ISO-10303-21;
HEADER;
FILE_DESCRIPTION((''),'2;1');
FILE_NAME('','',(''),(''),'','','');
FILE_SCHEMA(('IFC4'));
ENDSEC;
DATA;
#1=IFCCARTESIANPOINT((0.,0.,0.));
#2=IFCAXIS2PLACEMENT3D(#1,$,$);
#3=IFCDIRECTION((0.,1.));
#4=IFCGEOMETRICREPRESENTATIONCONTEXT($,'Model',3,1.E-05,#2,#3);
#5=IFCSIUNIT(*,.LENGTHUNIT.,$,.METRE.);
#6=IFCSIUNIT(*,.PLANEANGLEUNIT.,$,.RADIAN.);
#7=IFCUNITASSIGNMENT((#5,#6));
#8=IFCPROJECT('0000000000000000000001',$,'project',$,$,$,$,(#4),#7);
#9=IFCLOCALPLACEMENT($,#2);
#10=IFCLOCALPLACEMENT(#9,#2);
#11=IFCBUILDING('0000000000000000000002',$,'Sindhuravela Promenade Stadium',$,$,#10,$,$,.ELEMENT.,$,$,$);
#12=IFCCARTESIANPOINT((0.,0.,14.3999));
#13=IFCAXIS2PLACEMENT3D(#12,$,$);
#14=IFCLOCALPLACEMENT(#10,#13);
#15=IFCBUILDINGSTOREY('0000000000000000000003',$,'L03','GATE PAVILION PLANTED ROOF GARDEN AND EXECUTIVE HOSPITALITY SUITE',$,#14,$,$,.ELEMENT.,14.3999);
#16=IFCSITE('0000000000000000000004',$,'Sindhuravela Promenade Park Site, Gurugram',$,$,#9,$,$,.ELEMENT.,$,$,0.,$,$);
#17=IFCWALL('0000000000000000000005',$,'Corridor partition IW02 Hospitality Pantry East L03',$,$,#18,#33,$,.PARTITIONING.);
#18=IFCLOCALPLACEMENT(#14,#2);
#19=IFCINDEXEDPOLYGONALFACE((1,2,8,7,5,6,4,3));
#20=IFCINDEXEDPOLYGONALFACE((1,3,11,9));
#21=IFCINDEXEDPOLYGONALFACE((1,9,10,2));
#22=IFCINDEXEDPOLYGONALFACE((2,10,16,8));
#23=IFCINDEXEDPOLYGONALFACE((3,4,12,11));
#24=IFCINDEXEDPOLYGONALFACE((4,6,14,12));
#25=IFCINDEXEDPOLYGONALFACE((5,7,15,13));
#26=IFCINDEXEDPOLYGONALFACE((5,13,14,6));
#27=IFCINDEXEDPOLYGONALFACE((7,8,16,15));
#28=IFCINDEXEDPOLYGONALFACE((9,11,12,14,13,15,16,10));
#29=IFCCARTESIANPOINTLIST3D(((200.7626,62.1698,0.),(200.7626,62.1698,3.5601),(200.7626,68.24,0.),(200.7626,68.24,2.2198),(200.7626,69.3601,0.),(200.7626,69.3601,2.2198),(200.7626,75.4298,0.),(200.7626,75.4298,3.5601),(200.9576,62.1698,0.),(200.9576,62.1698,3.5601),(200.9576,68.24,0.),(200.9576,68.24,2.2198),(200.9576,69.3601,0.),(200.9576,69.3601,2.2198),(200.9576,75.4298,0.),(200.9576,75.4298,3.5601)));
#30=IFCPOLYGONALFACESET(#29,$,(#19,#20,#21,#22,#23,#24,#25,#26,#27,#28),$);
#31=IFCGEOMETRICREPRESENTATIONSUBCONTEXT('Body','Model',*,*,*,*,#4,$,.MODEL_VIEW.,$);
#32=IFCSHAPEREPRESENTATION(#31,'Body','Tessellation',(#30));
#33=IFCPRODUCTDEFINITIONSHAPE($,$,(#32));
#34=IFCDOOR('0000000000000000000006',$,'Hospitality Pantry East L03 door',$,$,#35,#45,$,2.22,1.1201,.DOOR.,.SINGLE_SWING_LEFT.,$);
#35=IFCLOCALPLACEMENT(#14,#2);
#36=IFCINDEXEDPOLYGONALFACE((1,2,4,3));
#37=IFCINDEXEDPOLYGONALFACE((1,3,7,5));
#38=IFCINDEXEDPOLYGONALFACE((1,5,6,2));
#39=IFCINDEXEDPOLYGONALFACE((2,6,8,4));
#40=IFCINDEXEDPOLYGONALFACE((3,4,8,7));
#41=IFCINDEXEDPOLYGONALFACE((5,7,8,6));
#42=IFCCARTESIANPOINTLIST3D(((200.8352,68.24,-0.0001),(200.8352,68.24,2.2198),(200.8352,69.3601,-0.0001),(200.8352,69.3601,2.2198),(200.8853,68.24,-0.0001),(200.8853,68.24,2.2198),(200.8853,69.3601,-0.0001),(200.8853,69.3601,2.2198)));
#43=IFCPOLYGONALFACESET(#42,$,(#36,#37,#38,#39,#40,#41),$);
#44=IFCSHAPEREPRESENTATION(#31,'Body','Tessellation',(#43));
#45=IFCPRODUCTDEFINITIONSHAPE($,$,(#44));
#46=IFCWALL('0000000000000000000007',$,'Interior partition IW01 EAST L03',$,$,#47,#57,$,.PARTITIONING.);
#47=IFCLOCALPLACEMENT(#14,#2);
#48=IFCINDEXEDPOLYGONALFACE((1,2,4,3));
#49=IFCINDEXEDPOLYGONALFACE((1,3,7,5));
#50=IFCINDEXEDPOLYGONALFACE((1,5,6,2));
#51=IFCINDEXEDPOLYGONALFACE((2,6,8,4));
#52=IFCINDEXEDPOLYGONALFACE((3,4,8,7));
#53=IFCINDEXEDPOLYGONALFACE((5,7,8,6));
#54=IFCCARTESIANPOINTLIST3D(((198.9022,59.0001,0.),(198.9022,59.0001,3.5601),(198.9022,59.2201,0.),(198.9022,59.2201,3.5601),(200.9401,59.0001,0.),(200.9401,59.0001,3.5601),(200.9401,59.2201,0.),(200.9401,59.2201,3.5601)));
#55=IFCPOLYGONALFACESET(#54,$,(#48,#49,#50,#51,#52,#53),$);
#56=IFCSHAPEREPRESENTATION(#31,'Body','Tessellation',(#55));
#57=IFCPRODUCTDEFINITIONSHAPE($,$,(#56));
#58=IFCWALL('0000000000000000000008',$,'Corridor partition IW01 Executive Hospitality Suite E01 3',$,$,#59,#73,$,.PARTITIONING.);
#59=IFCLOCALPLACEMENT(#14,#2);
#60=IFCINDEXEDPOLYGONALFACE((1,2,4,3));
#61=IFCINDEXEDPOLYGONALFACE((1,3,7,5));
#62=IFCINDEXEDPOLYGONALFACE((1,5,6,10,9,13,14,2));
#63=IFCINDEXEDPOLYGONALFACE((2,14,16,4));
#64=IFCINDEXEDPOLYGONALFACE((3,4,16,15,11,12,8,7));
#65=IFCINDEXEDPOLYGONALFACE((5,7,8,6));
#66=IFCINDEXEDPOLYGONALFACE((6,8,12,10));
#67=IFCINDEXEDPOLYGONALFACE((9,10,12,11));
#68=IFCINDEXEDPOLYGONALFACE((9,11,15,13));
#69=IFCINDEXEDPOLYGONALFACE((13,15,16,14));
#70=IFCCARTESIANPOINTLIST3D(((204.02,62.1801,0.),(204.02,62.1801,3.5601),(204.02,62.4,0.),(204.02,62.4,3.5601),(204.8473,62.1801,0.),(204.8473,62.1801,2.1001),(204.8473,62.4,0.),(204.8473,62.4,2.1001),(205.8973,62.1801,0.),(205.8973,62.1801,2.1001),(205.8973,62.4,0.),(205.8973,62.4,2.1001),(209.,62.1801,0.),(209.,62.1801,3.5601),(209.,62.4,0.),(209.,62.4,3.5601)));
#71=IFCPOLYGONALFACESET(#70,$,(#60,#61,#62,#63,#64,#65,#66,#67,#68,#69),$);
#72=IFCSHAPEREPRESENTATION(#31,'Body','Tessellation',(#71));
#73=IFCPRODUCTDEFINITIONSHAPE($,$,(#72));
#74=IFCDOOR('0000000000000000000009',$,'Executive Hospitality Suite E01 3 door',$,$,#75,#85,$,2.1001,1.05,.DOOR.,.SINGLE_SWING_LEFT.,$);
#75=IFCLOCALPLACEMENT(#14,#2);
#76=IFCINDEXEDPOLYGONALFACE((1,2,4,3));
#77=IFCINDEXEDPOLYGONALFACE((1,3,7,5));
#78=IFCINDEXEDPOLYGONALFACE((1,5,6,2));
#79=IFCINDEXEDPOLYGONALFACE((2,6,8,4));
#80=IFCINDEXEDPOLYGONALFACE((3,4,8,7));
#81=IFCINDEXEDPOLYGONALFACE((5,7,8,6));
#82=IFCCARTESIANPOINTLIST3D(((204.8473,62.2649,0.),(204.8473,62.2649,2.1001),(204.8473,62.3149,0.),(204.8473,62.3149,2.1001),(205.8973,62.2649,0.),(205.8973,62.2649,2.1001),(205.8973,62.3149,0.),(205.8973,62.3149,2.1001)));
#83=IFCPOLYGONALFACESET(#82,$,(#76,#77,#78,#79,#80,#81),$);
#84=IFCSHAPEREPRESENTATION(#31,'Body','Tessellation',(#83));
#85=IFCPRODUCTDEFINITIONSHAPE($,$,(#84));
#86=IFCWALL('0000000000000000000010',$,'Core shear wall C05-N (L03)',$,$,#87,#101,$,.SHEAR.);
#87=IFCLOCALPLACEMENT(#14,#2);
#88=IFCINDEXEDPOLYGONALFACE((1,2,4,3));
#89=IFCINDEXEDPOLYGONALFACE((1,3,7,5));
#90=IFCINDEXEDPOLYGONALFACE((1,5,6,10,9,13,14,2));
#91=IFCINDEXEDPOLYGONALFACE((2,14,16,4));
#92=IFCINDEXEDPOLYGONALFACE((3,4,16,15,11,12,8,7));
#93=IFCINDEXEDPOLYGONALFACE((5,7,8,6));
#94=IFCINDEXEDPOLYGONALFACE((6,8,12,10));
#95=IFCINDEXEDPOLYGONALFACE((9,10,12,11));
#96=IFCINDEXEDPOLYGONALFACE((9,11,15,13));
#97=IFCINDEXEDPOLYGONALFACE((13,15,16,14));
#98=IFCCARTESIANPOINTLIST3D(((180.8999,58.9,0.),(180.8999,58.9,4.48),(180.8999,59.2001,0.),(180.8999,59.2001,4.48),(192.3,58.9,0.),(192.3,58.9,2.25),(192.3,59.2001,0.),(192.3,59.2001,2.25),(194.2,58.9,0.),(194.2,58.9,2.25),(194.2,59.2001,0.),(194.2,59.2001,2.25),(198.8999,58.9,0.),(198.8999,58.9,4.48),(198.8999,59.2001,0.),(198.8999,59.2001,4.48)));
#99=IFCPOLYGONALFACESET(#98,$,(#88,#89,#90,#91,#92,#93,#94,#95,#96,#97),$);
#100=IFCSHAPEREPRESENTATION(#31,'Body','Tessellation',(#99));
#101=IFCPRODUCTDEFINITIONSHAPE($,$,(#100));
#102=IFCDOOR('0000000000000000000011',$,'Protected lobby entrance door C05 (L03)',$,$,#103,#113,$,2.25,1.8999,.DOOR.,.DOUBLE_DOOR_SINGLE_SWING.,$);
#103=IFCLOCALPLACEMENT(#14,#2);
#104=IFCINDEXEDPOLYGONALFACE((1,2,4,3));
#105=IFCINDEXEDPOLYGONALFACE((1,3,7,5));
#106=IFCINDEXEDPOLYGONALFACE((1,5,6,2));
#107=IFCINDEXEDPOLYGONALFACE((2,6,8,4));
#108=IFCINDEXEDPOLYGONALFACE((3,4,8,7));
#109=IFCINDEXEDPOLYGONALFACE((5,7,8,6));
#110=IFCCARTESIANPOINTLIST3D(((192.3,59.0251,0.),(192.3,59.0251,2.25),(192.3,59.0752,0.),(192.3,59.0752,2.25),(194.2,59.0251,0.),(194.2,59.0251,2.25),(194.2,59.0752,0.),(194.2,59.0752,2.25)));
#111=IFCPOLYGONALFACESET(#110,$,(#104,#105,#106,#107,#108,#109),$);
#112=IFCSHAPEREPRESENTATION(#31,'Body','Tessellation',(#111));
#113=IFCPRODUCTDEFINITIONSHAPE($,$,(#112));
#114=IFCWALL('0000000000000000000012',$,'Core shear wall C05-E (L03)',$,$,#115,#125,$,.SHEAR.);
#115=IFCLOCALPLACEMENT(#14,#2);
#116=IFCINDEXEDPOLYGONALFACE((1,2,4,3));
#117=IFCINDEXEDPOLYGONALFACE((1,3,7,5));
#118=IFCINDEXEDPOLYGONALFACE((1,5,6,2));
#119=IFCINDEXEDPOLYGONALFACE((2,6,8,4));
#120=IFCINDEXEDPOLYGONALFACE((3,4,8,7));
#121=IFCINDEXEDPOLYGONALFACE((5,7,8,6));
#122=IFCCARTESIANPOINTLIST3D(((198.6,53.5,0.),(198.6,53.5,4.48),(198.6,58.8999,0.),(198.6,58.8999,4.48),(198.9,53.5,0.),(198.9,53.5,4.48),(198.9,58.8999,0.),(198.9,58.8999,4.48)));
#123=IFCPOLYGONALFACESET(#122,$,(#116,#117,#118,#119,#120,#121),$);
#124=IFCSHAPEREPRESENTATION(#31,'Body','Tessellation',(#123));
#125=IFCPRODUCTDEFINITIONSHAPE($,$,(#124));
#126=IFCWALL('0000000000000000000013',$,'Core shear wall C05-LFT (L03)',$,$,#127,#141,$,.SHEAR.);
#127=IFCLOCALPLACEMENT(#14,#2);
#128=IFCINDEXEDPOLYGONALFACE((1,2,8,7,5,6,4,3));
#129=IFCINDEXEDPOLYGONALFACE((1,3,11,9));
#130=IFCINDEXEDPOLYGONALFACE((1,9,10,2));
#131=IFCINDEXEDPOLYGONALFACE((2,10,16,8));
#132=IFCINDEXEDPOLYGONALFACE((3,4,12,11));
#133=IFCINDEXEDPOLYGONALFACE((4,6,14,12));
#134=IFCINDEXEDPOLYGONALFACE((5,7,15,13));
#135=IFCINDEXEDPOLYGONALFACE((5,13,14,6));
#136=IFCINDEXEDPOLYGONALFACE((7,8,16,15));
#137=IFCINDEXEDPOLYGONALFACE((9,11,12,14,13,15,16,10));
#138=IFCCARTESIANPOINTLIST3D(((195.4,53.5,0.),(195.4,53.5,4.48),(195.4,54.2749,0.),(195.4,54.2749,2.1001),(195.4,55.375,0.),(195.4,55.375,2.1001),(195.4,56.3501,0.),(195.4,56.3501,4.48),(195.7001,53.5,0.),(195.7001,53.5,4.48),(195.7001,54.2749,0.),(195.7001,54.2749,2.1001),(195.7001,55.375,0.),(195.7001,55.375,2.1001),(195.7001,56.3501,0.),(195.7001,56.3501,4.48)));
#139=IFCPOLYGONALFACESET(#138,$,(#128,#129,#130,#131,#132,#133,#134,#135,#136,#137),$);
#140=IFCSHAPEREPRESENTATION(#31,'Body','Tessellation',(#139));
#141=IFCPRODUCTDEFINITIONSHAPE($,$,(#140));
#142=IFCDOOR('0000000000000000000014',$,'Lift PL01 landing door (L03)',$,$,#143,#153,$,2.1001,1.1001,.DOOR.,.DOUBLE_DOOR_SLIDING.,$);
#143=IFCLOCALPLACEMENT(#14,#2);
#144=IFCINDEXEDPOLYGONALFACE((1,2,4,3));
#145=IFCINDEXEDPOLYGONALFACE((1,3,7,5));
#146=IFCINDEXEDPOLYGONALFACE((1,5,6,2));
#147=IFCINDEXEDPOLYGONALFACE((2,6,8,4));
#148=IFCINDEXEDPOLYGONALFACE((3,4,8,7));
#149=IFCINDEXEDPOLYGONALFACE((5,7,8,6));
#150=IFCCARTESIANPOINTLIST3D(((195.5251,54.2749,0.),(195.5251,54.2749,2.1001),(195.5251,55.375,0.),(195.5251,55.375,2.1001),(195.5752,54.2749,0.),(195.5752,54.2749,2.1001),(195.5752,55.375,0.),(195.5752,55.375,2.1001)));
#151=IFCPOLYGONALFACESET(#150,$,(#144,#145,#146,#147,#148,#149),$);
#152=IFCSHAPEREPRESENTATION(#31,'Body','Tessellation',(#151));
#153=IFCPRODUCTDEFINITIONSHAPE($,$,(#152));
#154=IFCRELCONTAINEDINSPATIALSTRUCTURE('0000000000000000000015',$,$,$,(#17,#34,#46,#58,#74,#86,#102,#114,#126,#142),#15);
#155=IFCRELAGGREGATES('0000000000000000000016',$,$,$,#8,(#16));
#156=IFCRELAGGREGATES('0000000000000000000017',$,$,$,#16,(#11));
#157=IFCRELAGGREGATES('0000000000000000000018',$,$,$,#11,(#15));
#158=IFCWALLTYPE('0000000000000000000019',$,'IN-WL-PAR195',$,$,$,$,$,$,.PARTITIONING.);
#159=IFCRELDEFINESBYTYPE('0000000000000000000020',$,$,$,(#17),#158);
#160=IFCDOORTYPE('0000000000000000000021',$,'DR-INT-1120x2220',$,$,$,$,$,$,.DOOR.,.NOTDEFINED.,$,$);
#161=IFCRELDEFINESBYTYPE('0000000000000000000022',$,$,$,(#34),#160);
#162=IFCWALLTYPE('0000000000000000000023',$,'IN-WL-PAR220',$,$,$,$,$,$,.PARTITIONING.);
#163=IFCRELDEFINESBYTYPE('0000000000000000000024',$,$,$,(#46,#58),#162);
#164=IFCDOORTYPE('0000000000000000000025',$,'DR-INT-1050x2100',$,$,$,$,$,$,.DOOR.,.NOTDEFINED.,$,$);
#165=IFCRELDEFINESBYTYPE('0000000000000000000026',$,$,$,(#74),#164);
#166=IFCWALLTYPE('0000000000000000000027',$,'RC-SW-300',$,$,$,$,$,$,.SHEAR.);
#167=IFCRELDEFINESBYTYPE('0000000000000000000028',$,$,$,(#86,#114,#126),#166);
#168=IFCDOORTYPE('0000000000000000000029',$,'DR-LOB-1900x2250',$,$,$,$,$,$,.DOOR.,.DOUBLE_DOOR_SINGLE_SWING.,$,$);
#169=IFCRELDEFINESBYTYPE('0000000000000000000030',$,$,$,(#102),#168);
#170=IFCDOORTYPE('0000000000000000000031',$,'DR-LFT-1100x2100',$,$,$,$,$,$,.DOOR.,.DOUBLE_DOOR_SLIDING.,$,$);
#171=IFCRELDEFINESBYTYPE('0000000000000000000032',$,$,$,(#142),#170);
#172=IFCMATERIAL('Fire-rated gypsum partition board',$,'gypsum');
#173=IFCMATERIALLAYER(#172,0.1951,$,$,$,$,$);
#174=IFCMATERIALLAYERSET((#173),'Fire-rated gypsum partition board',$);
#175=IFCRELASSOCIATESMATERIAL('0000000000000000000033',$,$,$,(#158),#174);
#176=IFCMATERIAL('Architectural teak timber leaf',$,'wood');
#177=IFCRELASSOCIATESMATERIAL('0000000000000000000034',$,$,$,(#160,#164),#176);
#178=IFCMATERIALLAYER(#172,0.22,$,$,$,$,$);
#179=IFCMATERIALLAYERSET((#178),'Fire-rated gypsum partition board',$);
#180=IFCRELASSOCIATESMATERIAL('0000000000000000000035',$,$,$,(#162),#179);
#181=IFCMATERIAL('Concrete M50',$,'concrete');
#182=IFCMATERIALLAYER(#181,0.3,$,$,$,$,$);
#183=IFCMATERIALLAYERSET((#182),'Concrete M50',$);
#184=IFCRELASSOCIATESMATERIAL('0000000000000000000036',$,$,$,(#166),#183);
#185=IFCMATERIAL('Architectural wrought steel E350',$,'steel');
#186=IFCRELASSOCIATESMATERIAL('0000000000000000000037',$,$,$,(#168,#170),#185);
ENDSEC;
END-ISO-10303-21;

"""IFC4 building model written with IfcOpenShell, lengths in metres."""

from ifc_helpers import new_model, si_unit, direction, frame, frame_2d, origin, place, context, subcontext, project, spatial, rectangle, extrude, material, layer, layer_set, type_object, element, fill, save


model = new_model("IFC4")

# Units and contexts
model_context = context("Model", 3, precision=1e-05, world=origin(), true_north=direction((0.0, 1.0)))
body_context = subcontext(model_context, "Body", "Model", "MODEL_VIEW")
ifc_project = project(units=[si_unit("LENGTHUNIT", "METRE"), si_unit("PLANEANGLEUNIT", "RADIAN")], contexts=[model_context])

# Site, building, storey
site_placement = place(None, origin())
site = spatial("IfcSite", under=ifc_project, at=site_placement, Name="Sindhuravela Promenade Park Site, Gurugram", CompositionType="ELEMENT", RefElevation=0.0)
building_placement = place(site_placement, origin())
building = spatial("IfcBuilding", under=site, at=building_placement, Name="Sindhuravela Promenade Stadium", CompositionType="ELEMENT")
storey_placement = place(building_placement, frame((0.0, 0.0, 14.3999)))
storey = spatial("IfcBuildingStorey", under=building, at=storey_placement, Name="L03", Description="GATE PAVILION PLANTED ROOF GARDEN AND EXECUTIVE HOSPITALITY SUITE", CompositionType="ELEMENT", Elevation=14.3999)

# Shared definitions
ifc_material_1 = material(Name="Fire-rated gypsum partition board", Category="gypsum")

# Wall, opening, door
ifc_layer_1 = layer(ifc_material_1, 0.1951)
ifc_layer_set_1 = layer_set([ifc_layer_1], Name="Fire-rated gypsum partition board")
wall_type_1 = type_object("IfcWallType", Name="IN-WL-PAR195", PredefinedType="PARTITIONING", material=ifc_layer_set_1)
wall_1_placement = place(storey_placement, frame((200.8601, 62.1699, 0.0), z_axis=(0.0, 0.0, 1.0), x_axis=(0.0, 1.0, 0.0)))
wall_1 = element("IfcWall", 1, at=wall_1_placement, inside=storey, type_object=wall_type_1, Name="Corridor partition IW02 Hospitality Pantry East L03", PredefinedType="PARTITIONING", context=body_context, shape_type="SweptSolid", body=[
    extrude(rectangle(XDim=13.26, YDim=0.1951, at=frame_2d((6.6299, 0.0))), origin(), (0.0, 0.0, 1.0), 3.5601),
])
opening_1_placement = place(wall_1_placement, frame((6.0701, 0.0, 0.0)))
opening_1 = element("IfcOpeningElement", 2, at=opening_1_placement, cuts=wall_1, PredefinedType="OPENING", context=body_context, shape_type="SweptSolid", body=[
    extrude(rectangle(XDim=1.1201, YDim=2.22, at=frame_2d((0.5601, 1.1099))), frame((0.0, 0.1074, 0.0), z_axis=(0.0, -1.0, 0.0), x_axis=(1.0, 0.0, 0.0)), (0.0, 0.0, 1.0), 0.2151),
])
ifc_material_2 = material(Name="Architectural teak timber leaf", Category="wood")
door_type_1 = type_object("IfcDoorType", Name="DR-INT-1120x2220", OperationType="NOTDEFINED", PredefinedType="DOOR", material=ifc_material_2)
door_1_placement = place(opening_1_placement, origin())
door_1 = element("IfcDoor", 3, at=door_1_placement, inside=storey, type_object=door_type_1, Name="Hospitality Pantry East L03 door", OperationType="SINGLE_SWING_LEFT", OverallHeight=2.22, OverallWidth=1.1201, PredefinedType="DOOR", context=body_context, shape_type="SweptSolid", body=[
    extrude(rectangle(XDim=1.1201, YDim=2.22, at=frame_2d((0.5601, 1.1099))), frame((0.0, 0.0249, 0.0), z_axis=(0.0, -1.0, 0.0), x_axis=(1.0, 0.0, 0.0)), (0.0, 0.0, 1.0), 0.05),
])
fill(opening_1, door_1)

# Wall
ifc_layer_2 = layer(ifc_material_1, 0.22)
ifc_layer_set_2 = layer_set([ifc_layer_2], Name="Fire-rated gypsum partition board")
wall_type_2 = type_object("IfcWallType", Name="IN-WL-PAR220", PredefinedType="PARTITIONING", material=ifc_layer_set_2)
wall_2_placement = place(storey_placement, frame((198.9021, 59.1101, 0.0), z_axis=(0.0, 0.0, 1.0), x_axis=(1.0, 0.0, 0.0)))
element("IfcWall", 4, at=wall_2_placement, inside=storey, type_object=wall_type_2, Name="Interior partition IW01 EAST L03", PredefinedType="PARTITIONING", context=body_context, shape_type="SweptSolid", body=[
    extrude(rectangle(XDim=2.0378, YDim=0.22, at=frame_2d((1.019, 0.0))), origin(), (0.0, 0.0, 1.0), 3.5601),
])

# Walls, openings, doors
wall_3_placement = place(storey_placement, frame((204.02, 62.29, 0.0), z_axis=(0.0, 0.0, 1.0), x_axis=(1.0, 0.0, 0.0)))
wall_3 = element("IfcWall", 5, at=wall_3_placement, inside=storey, type_object=wall_type_2, Name="Corridor partition IW01 Executive Hospitality Suite E01 3", PredefinedType="PARTITIONING", context=body_context, shape_type="SweptSolid", body=[
    extrude(rectangle(XDim=4.98, YDim=0.22, at=frame_2d((2.49, 0.0))), origin(), (0.0, 0.0, 1.0), 3.5601),
])
opening_2_placement = place(wall_3_placement, frame((0.8274, 0.0, 0.0)))
opening_2 = element("IfcOpeningElement", 6, at=opening_2_placement, cuts=wall_3, PredefinedType="OPENING", context=body_context, shape_type="SweptSolid", body=[
    extrude(rectangle(XDim=1.05, YDim=2.1001, at=frame_2d((0.5249, 1.05))), frame((0.0, 0.1199, 0.0), z_axis=(0.0, -1.0, 0.0), x_axis=(1.0, 0.0, 0.0)), (0.0, 0.0, 1.0), 0.24),
])
door_type_2 = type_object("IfcDoorType", Name="DR-INT-1050x2100", OperationType="NOTDEFINED", PredefinedType="DOOR", material=ifc_material_2)
door_2_placement = place(opening_2_placement, origin())
door_2 = element("IfcDoor", 7, at=door_2_placement, inside=storey, type_object=door_type_2, Name="Executive Hospitality Suite E01 3 door", OperationType="SINGLE_SWING_LEFT", OverallHeight=2.1001, OverallWidth=1.05, PredefinedType="DOOR", context=body_context, shape_type="SweptSolid", body=[
    extrude(rectangle(XDim=1.05, YDim=2.1001, at=frame_2d((0.5249, 1.05))), frame((0.0, 0.0249, 0.0), z_axis=(0.0, -1.0, 0.0), x_axis=(1.0, 0.0, 0.0)), (0.0, 0.0, 1.0), 0.05),
])
fill(opening_2, door_2)
ifc_material_3 = material(Name="Concrete M50", Category="concrete")
ifc_layer_3 = layer(ifc_material_3, 0.3)
ifc_layer_set_3 = layer_set([ifc_layer_3], Name="Concrete M50")
wall_type_3 = type_object("IfcWallType", Name="RC-SW-300", PredefinedType="SHEAR", material=ifc_layer_set_3)
wall_4_placement = place(storey_placement, frame((198.8999, 59.05, 0.0), z_axis=(0.0, 0.0, 1.0), x_axis=(-1.0, 0.0, 0.0)))
wall_4 = element("IfcWall", 8, at=wall_4_placement, inside=storey, type_object=wall_type_3, Name="Core shear wall C05-N (L03)", PredefinedType="SHEAR", context=body_context, shape_type="SweptSolid", body=[
    extrude(rectangle(XDim=18.0, YDim=0.3, at=frame_2d((9.0, 0.0))), origin(), (0.0, 0.0, 1.0), 4.48),
])
opening_3_placement = place(wall_4_placement, frame((4.7, 0.0, 0.0)))
opening_3 = element("IfcOpeningElement", 9, at=opening_3_placement, cuts=wall_4, PredefinedType="OPENING", context=body_context, shape_type="SweptSolid", body=[
    extrude(rectangle(XDim=1.8999, YDim=2.25, at=frame_2d((0.95, 1.125))), frame((0.0, 0.1599, 0.0), z_axis=(0.0, -1.0, 0.0), x_axis=(1.0, 0.0, 0.0)), (0.0, 0.0, 1.0), 0.3201),
])
ifc_material_4 = material(Name="Architectural wrought steel E350", Category="steel")
door_type_3 = type_object("IfcDoorType", Name="DR-LOB-1900x2250", OperationType="DOUBLE_DOOR_SINGLE_SWING", PredefinedType="DOOR", material=ifc_material_4)
door_3_placement = place(opening_3_placement, origin())
door_3 = element("IfcDoor", 10, at=door_3_placement, inside=storey, type_object=door_type_3, Name="Protected lobby entrance door C05 (L03)", OperationType="DOUBLE_DOOR_SINGLE_SWING", OverallHeight=2.25, OverallWidth=1.8999, PredefinedType="DOOR", context=body_context, shape_type="SweptSolid", body=[
    extrude(rectangle(XDim=1.8999, YDim=2.25, at=frame_2d((0.95, 1.125))), frame((0.0, 0.0249, 0.0), z_axis=(0.0, -1.0, 0.0), x_axis=(1.0, 0.0, 0.0)), (0.0, 0.0, 1.0), 0.05),
])
fill(opening_3, door_3)

# Wall
wall_5_placement = place(storey_placement, frame((198.75, 53.5, 0.0), z_axis=(0.0, 0.0, 1.0), x_axis=(0.0, 1.0, 0.0)))
element("IfcWall", 11, at=wall_5_placement, inside=storey, type_object=wall_type_3, Name="Core shear wall C05-E (L03)", PredefinedType="SHEAR", context=body_context, shape_type="SweptSolid", body=[
    extrude(rectangle(XDim=5.3999, YDim=0.3, at=frame_2d((2.7, 0.0))), origin(), (0.0, 0.0, 1.0), 4.48),
])

# Wall, opening, door
wall_6_placement = place(storey_placement, frame((195.55, 53.5, 0.0), z_axis=(0.0, 0.0, 1.0), x_axis=(0.0, 1.0, 0.0)))
wall_6 = element("IfcWall", 12, at=wall_6_placement, inside=storey, type_object=wall_type_3, Name="Core shear wall C05-LFT (L03)", PredefinedType="SHEAR", context=body_context, shape_type="SweptSolid", body=[
    extrude(rectangle(XDim=2.8501, YDim=0.3, at=frame_2d((1.425, 0.0))), origin(), (0.0, 0.0, 1.0), 4.48),
])
opening_4_placement = place(wall_6_placement, frame((0.7749, 0.0, 0.0)))
opening_4 = element("IfcOpeningElement", 13, at=opening_4_placement, cuts=wall_6, PredefinedType="OPENING", context=body_context, shape_type="SweptSolid", body=[
    extrude(rectangle(XDim=1.1001, YDim=2.1001, at=frame_2d((0.55, 1.05))), frame((0.0, 0.1599, 0.0), z_axis=(0.0, -1.0, 0.0), x_axis=(1.0, 0.0, 0.0)), (0.0, 0.0, 1.0), 0.3201),
])
door_type_4 = type_object("IfcDoorType", Name="DR-LFT-1100x2100", OperationType="DOUBLE_DOOR_SLIDING", PredefinedType="DOOR", material=ifc_material_4)
door_4_placement = place(opening_4_placement, origin())
door_4 = element("IfcDoor", 14, at=door_4_placement, inside=storey, type_object=door_type_4, Name="Lift PL01 landing door (L03)", OperationType="DOUBLE_DOOR_SLIDING", OverallHeight=2.1001, OverallWidth=1.1001, PredefinedType="DOOR", context=body_context, shape_type="SweptSolid", body=[
    extrude(rectangle(XDim=1.1001, YDim=2.1001, at=frame_2d((0.55, 1.05))), frame((0.0, 0.0249, 0.0), z_axis=(0.0, -1.0, 0.0), x_axis=(1.0, 0.0, 0.0)), (0.0, 0.0, 1.0), 0.05),
])
fill(opening_4, door_4)

save(model, "model.ifc")
